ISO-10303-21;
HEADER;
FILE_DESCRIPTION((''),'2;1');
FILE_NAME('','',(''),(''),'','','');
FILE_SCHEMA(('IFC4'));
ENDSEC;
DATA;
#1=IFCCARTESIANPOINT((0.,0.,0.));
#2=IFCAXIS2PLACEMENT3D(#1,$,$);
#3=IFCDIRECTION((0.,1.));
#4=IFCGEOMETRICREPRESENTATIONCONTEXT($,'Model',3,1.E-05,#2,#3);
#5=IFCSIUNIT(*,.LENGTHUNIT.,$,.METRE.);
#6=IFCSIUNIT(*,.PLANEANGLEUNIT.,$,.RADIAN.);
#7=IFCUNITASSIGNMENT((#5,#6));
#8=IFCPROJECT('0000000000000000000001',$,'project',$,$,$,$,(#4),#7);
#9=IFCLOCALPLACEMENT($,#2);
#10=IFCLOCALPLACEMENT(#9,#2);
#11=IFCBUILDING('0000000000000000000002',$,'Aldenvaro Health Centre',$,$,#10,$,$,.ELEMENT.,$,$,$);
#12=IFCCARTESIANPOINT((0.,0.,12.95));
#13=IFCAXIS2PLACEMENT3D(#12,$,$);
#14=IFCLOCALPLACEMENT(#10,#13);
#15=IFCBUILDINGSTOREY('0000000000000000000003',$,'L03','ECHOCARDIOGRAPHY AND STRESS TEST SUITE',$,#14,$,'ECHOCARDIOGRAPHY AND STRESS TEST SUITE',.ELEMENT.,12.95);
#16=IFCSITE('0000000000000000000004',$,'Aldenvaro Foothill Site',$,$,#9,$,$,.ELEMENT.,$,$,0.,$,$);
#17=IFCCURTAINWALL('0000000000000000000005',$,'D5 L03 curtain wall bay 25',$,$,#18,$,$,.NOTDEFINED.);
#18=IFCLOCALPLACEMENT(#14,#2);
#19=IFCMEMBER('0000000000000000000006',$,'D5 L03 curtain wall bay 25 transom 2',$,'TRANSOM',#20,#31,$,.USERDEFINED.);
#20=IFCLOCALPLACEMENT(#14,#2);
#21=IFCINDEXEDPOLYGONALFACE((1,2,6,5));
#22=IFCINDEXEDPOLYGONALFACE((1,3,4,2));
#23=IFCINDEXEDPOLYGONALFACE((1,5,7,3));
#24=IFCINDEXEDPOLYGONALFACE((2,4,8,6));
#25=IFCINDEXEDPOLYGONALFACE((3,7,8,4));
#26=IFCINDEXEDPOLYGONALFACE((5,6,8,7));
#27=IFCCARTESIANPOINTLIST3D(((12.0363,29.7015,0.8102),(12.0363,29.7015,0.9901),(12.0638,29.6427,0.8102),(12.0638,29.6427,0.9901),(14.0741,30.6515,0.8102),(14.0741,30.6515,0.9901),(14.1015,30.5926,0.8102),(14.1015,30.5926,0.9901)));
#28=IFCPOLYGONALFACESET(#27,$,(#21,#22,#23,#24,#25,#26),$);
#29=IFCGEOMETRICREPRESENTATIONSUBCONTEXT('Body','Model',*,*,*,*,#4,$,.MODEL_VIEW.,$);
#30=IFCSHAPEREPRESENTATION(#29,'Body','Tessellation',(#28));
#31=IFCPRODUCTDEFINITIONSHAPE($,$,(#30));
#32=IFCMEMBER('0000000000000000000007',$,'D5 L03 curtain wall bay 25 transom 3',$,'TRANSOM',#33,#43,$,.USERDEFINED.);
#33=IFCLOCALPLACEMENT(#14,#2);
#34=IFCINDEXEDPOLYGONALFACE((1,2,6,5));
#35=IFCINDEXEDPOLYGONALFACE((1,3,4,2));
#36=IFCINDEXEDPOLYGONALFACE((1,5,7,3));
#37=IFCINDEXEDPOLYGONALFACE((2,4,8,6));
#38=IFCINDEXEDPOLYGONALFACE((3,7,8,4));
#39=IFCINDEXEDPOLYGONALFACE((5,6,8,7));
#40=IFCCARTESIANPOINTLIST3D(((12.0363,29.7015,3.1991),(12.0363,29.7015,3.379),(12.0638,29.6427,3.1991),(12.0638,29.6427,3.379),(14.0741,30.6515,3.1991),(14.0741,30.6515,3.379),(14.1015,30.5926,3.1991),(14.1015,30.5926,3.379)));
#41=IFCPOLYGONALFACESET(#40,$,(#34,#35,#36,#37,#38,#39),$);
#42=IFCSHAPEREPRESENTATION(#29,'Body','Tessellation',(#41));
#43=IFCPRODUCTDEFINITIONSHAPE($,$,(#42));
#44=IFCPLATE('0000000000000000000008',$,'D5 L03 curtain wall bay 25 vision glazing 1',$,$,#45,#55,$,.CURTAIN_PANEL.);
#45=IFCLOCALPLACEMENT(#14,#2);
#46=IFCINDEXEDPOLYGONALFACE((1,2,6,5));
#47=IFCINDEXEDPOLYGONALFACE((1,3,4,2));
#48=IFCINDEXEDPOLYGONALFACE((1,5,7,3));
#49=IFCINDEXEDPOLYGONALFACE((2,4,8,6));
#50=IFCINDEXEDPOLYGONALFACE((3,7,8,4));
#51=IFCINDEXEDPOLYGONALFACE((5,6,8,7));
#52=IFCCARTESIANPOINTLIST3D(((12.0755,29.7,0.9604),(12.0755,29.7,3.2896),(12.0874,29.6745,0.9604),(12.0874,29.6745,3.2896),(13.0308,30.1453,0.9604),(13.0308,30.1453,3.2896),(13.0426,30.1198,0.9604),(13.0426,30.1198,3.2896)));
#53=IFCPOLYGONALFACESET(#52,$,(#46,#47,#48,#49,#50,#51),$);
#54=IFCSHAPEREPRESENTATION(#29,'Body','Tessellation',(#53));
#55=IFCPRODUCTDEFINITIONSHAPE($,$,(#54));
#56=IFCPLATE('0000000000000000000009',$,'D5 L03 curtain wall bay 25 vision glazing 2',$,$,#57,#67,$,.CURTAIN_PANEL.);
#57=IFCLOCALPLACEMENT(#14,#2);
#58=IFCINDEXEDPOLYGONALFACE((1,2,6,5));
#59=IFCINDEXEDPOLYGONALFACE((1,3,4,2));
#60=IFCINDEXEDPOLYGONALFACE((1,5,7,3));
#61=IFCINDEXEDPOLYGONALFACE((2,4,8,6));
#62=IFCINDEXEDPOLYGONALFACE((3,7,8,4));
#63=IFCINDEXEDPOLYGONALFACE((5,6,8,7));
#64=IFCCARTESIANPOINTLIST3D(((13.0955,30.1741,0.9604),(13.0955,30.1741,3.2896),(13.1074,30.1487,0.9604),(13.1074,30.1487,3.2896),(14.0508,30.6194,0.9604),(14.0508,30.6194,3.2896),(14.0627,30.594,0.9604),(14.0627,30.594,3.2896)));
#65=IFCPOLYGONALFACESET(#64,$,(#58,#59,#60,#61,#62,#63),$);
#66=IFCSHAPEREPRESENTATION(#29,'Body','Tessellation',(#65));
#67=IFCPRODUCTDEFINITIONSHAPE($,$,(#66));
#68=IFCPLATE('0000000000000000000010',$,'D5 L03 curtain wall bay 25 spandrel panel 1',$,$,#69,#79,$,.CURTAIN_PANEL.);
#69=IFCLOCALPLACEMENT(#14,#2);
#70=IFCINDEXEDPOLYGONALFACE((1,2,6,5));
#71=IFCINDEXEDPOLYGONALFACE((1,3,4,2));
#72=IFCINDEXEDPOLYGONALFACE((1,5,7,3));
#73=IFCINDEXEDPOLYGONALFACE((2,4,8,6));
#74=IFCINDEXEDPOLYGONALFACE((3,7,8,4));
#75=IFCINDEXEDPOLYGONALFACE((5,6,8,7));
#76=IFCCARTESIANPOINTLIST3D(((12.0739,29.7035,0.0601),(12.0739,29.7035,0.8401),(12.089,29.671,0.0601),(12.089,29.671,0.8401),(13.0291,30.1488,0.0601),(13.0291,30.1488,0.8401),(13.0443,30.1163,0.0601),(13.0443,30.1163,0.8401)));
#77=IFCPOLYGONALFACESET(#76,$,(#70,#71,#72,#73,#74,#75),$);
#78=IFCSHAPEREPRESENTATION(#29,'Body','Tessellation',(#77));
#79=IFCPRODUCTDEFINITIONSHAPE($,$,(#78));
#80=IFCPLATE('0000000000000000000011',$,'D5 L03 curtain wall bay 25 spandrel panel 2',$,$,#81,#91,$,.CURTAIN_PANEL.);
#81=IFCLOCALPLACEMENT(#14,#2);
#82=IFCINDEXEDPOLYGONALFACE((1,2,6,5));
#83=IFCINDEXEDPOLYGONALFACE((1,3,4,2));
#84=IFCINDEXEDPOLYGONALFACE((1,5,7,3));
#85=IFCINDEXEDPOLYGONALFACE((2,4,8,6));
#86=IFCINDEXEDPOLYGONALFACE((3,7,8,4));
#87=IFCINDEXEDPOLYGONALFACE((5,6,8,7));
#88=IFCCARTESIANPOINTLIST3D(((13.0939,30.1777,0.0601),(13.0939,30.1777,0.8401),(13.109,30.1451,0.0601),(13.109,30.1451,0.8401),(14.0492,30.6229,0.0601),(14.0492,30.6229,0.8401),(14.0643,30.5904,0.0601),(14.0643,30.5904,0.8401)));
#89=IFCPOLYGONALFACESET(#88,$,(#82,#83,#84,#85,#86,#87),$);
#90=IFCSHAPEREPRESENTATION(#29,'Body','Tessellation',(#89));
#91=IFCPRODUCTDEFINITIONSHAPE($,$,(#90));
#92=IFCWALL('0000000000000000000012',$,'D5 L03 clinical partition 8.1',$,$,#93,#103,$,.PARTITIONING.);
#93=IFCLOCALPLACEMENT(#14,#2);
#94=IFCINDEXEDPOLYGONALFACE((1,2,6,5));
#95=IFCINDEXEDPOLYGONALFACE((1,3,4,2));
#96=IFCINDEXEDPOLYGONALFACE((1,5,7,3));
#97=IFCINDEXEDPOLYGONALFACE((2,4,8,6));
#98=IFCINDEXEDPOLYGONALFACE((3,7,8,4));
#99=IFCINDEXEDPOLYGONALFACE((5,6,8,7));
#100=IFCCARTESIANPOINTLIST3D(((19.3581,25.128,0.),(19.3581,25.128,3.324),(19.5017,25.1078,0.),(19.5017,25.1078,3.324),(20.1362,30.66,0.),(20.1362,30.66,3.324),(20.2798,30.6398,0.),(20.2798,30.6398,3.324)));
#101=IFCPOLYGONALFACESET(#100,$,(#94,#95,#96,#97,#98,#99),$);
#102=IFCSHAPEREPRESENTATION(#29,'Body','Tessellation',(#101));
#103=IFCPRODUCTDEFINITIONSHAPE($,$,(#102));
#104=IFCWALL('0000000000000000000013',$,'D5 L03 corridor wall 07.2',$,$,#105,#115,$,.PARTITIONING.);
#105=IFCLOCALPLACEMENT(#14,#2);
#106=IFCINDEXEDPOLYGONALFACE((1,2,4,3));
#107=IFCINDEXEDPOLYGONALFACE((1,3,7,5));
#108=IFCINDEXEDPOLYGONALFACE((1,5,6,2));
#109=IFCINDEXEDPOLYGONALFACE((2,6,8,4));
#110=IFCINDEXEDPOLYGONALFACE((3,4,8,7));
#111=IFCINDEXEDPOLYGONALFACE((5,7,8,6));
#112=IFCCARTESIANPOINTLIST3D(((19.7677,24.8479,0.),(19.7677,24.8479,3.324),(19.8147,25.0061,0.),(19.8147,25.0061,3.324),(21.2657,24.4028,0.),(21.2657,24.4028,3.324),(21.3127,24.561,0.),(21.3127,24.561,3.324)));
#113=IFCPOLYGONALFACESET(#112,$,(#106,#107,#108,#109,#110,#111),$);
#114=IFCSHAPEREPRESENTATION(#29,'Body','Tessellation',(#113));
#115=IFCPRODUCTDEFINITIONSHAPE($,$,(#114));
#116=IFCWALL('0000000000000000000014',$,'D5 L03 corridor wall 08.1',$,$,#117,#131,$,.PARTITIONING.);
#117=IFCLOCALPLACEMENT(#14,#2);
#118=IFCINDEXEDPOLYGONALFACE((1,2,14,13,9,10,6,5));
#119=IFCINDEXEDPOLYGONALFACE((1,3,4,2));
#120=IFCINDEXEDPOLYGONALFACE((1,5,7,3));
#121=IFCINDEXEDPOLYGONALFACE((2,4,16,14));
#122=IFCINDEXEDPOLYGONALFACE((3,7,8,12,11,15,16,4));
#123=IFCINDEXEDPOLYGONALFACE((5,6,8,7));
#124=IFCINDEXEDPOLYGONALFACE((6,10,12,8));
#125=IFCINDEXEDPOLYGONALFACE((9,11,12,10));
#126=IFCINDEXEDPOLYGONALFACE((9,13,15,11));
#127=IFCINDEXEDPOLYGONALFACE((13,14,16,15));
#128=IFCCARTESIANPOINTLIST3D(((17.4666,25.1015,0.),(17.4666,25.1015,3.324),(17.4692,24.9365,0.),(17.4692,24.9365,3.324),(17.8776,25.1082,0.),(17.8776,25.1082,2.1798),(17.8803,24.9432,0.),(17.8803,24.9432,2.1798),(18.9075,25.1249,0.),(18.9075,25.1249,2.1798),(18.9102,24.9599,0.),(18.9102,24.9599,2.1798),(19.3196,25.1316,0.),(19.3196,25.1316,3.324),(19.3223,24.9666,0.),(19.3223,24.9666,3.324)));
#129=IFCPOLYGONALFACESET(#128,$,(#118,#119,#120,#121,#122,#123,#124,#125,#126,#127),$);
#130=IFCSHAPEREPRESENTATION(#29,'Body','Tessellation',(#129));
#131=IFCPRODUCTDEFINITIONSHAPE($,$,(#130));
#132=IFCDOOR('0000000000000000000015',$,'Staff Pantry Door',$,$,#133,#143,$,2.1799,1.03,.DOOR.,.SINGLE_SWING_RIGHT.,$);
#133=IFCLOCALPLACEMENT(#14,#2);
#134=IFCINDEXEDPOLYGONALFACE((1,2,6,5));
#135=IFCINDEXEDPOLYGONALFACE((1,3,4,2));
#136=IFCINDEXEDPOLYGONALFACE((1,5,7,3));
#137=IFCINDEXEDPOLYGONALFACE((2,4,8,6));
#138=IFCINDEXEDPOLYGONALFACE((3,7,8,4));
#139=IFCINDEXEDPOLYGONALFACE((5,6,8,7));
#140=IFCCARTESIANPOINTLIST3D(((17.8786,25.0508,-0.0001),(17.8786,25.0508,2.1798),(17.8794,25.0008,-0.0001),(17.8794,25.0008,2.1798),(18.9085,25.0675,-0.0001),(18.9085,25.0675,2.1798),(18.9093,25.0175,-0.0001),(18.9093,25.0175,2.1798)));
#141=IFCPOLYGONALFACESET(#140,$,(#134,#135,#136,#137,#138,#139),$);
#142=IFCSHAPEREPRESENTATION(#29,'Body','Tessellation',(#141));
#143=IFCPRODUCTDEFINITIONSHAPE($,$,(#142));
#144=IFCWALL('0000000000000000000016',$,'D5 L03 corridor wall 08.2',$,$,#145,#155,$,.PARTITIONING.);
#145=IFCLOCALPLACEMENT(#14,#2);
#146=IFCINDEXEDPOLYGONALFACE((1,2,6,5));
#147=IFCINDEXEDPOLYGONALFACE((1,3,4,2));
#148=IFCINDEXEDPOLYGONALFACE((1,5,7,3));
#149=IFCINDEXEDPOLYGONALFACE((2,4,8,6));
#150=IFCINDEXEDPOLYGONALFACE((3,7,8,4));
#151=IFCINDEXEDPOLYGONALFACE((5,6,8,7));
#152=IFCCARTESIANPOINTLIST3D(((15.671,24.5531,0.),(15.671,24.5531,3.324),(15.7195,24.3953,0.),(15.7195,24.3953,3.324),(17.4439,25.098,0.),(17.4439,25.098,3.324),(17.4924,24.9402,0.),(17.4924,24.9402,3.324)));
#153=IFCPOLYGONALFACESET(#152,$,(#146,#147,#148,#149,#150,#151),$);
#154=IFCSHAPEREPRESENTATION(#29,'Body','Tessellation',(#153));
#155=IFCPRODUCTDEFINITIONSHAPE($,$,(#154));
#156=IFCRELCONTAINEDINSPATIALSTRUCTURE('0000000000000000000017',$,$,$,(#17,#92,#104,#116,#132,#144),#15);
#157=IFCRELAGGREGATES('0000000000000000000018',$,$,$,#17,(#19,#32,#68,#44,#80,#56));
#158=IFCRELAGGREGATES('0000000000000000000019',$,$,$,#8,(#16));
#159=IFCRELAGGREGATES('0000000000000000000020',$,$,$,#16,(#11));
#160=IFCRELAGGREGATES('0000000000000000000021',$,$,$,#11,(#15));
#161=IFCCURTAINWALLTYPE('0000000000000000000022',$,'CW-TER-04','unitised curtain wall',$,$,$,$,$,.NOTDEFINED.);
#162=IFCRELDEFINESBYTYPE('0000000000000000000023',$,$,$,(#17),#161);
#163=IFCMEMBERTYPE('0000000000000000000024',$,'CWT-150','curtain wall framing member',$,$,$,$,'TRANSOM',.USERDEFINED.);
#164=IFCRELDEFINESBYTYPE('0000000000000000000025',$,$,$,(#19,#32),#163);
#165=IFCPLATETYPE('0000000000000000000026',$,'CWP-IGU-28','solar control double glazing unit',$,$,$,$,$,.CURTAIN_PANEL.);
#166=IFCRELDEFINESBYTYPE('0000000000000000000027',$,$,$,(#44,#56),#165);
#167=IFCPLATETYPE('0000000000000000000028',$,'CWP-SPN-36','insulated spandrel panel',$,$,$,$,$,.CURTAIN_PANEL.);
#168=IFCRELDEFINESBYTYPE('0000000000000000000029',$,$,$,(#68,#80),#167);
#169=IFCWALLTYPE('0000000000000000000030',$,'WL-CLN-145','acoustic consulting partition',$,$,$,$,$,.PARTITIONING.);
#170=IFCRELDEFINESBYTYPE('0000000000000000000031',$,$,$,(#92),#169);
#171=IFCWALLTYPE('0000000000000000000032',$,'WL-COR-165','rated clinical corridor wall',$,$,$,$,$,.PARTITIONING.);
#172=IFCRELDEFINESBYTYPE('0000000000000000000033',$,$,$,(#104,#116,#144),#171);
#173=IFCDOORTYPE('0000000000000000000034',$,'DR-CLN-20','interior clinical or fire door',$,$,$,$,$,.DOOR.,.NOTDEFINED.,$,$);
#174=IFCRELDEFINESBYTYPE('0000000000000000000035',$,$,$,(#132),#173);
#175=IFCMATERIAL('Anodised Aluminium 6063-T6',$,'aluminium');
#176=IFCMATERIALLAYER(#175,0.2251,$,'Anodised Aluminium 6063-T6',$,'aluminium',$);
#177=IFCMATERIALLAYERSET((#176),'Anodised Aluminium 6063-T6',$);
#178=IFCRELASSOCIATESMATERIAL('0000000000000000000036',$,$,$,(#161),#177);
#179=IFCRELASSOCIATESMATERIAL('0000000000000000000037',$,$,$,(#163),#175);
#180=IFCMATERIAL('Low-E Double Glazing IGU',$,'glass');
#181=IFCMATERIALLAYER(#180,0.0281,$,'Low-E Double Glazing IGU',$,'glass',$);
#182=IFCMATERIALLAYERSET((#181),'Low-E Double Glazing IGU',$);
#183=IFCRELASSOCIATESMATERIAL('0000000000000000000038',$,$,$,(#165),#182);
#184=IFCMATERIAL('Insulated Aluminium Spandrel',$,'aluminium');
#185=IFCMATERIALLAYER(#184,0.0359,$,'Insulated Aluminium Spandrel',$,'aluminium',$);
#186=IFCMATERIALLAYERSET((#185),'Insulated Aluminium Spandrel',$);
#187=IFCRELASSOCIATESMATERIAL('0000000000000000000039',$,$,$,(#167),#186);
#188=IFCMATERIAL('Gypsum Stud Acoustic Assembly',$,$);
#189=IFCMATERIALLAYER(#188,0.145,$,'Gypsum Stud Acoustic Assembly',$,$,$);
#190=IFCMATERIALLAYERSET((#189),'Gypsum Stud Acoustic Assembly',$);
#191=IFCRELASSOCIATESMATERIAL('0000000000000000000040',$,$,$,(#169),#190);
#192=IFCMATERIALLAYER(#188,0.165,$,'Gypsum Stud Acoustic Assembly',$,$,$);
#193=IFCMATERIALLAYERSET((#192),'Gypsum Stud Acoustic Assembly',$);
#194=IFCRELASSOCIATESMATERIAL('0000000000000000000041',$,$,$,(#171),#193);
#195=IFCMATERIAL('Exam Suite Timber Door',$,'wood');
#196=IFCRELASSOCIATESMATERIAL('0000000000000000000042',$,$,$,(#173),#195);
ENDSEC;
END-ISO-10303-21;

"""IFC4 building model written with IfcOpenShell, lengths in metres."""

from ifc_helpers import new_model, si_unit, direction, frame, frame_2d, origin, origin_2d, place, context, subcontext, project, spatial, rectangle, extrude, material, layer, layer_set, material_profile, profile_set, type_object, element, fill, aggregate, save


model = new_model("IFC4")

# Units and contexts
model_context = context("Model", 3, precision=1e-05, world=origin(), true_north=direction((0.0, 1.0)))
body_context = subcontext(model_context, "Body", "Model", "MODEL_VIEW")
ifc_project = project(units=[si_unit("LENGTHUNIT", "METRE"), si_unit("PLANEANGLEUNIT", "RADIAN")], contexts=[model_context])

# Site, building, storey
site_placement = place(None, origin())
site = spatial("IfcSite", under=ifc_project, at=site_placement, Name="Aldenvaro Foothill Site", CompositionType="ELEMENT", RefElevation=0.0)
building_placement = place(site_placement, origin())
building = spatial("IfcBuilding", under=site, at=building_placement, Name="Aldenvaro Health Centre", CompositionType="ELEMENT")
storey_placement = place(building_placement, frame((0.0, 0.0, 12.95)))
storey = spatial("IfcBuildingStorey", under=building, at=storey_placement, Name="L03", Description="ECHOCARDIOGRAPHY AND STRESS TEST SUITE", LongName="ECHOCARDIOGRAPHY AND STRESS TEST SUITE", CompositionType="ELEMENT", Elevation=12.95)

# Curtain wall
ifc_material_1 = material(Name="Anodised Aluminium 6063-T6", Category="aluminium")
ifc_layer_1 = layer(ifc_material_1, 0.2251, Name="Anodised Aluminium 6063-T6", Category="aluminium")
ifc_layer_set_1 = layer_set([ifc_layer_1], Name="Anodised Aluminium 6063-T6")
curtain_wall_type = type_object("IfcCurtainWallType", Name="CW-TER-04", Description="unitised curtain wall", PredefinedType="NOTDEFINED", material=ifc_layer_set_1)
curtain_wall_1_placement = place(storey_placement, origin())
curtain_wall_1 = element("IfcCurtainWall", 1, at=curtain_wall_1_placement, inside=storey, type_object=curtain_wall_type, Name="D5 L03 curtain wall bay 25", PredefinedType="NOTDEFINED")

# Members
ifc_material_profile_1 = material_profile(ifc_material_1, rectangle(XDim=0.0649, YDim=0.1799, at=origin_2d()), Name="ALU 65x180", Category="aluminium")
ifc_profile_set_1 = profile_set([ifc_material_profile_1], Name="Anodised Aluminium 6063-T6")
member_type_1 = type_object("IfcMemberType", Name="CWT-150", Description="curtain wall framing member", ElementType="TRANSOM", PredefinedType="USERDEFINED", material=ifc_profile_set_1)
member_1_placement = place(storey_placement, frame((12.05, 29.6721, 0.9001), z_axis=(0.906361, 0.422505, 0.0), x_axis=(-0.422505, 0.906361, 0.0)))
member_1 = element("IfcMember", 2, at=member_1_placement, type_object=member_type_1, Name="D5 L03 curtain wall bay 25 transom 2", ObjectType="TRANSOM", PredefinedType="USERDEFINED", context=body_context, shape_type="SweptSolid", body=[
    extrude(rectangle(XDim=0.0649, YDim=0.1799, at=origin_2d()), origin(), (0.0, 0.0, 1.0), 2.2483),
])
member_2_placement = place(storey_placement, frame((12.05, 29.6721, 3.2891), z_axis=(0.906361, 0.422505, 0.0), x_axis=(-0.422505, 0.906361, 0.0)))
member_2 = element("IfcMember", 3, at=member_2_placement, type_object=member_type_1, Name="D5 L03 curtain wall bay 25 transom 3", ObjectType="TRANSOM", PredefinedType="USERDEFINED", context=body_context, shape_type="SweptSolid", body=[
    extrude(rectangle(XDim=0.0649, YDim=0.1799, at=origin_2d()), origin(), (0.0, 0.0, 1.0), 2.2483),
])

# Plates
ifc_material_2 = material(Name="Low-E Double Glazing IGU", Category="glass")
ifc_layer_2 = layer(ifc_material_2, 0.0281, Name="Low-E Double Glazing IGU", Category="glass")
ifc_layer_set_2 = layer_set([ifc_layer_2], Name="Low-E Double Glazing IGU")
plate_type_1 = type_object("IfcPlateType", Name="CWP-IGU-28", Description="solar control double glazing unit", PredefinedType="CURTAIN_PANEL", material=ifc_layer_set_2)
plate_1_placement = place(storey_placement, frame((12.5591, 29.9099, 0.9604), z_axis=(0.0, 0.0, 1.0), x_axis=(0.906365, 0.422496, 0.0)))
plate_1 = element("IfcPlate", 4, at=plate_1_placement, type_object=plate_type_1, Name="D5 L03 curtain wall bay 25 vision glazing 1", PredefinedType="CURTAIN_PANEL", context=body_context, shape_type="SweptSolid", body=[
    extrude(rectangle(XDim=1.054, YDim=0.0281, at=origin_2d()), origin(), (0.0, 0.0, 1.0), 2.3291),
])
plate_2_placement = place(storey_placement, frame((13.5791, 30.384, 0.9604), z_axis=(0.0, 0.0, 1.0), x_axis=(0.906365, 0.422496, 0.0)))
plate_2 = element("IfcPlate", 5, at=plate_2_placement, type_object=plate_type_1, Name="D5 L03 curtain wall bay 25 vision glazing 2", PredefinedType="CURTAIN_PANEL", context=body_context, shape_type="SweptSolid", body=[
    extrude(rectangle(XDim=1.054, YDim=0.0281, at=origin_2d()), origin(), (0.0, 0.0, 1.0), 2.3291),
])
ifc_material_3 = material(Name="Insulated Aluminium Spandrel", Category="aluminium")
ifc_layer_3 = layer(ifc_material_3, 0.0359, Name="Insulated Aluminium Spandrel", Category="aluminium")
ifc_layer_set_3 = layer_set([ifc_layer_3], Name="Insulated Aluminium Spandrel")
plate_type_2 = type_object("IfcPlateType", Name="CWP-SPN-36", Description="insulated spandrel panel", PredefinedType="CURTAIN_PANEL", material=ifc_layer_set_3)
plate_3_placement = place(storey_placement, frame((12.5591, 29.9099, 0.0601), z_axis=(0.0, 0.0, 1.0), x_axis=(0.906365, 0.422496, 0.0)))
plate_3 = element("IfcPlate", 6, at=plate_3_placement, type_object=plate_type_2, Name="D5 L03 curtain wall bay 25 spandrel panel 1", PredefinedType="CURTAIN_PANEL", context=body_context, shape_type="SweptSolid", body=[
    extrude(rectangle(XDim=1.054, YDim=0.0359, at=origin_2d()), origin(), (0.0, 0.0, 1.0), 0.78),
])
plate_4_placement = place(storey_placement, frame((13.5791, 30.384, 0.0601), z_axis=(0.0, 0.0, 1.0), x_axis=(0.906365, 0.422496, 0.0)))
plate_4 = element("IfcPlate", 7, at=plate_4_placement, type_object=plate_type_2, Name="D5 L03 curtain wall bay 25 spandrel panel 2", PredefinedType="CURTAIN_PANEL", context=body_context, shape_type="SweptSolid", body=[
    extrude(rectangle(XDim=1.054, YDim=0.0359, at=origin_2d()), origin(), (0.0, 0.0, 1.0), 0.78),
])
aggregate(curtain_wall_1, [member_1, member_2, plate_3, plate_1, plate_4, plate_2])

# Walls
ifc_material_4 = material(Name="Gypsum Stud Acoustic Assembly")
ifc_layer_4 = layer(ifc_material_4, 0.145, Name="Gypsum Stud Acoustic Assembly")
ifc_layer_set_4 = layer_set([ifc_layer_4], Name="Gypsum Stud Acoustic Assembly")
wall_type_1 = type_object("IfcWallType", Name="WL-CLN-145", Description="acoustic consulting partition", PredefinedType="PARTITIONING", material=ifc_layer_set_4)
wall_1_placement = place(storey_placement, frame((19.4299, 25.1179, 0.0), z_axis=(0.0, 0.0, 1.0), x_axis=(0.13928, 0.990253, 0.0)))
element("IfcWall", 8, at=wall_1_placement, inside=storey, type_object=wall_type_1, Name="D5 L03 clinical partition 8.1", PredefinedType="PARTITIONING", context=body_context, shape_type="SweptSolid", body=[
    extrude(rectangle(XDim=5.5864, YDim=0.145, at=frame_2d((2.7932, 0.0))), origin(), (0.0, 0.0, 1.0), 3.324),
])
ifc_layer_5 = layer(ifc_material_4, 0.165, Name="Gypsum Stud Acoustic Assembly")
ifc_layer_set_5 = layer_set([ifc_layer_5], Name="Gypsum Stud Acoustic Assembly")
wall_type_2 = type_object("IfcWallType", Name="WL-COR-165", Description="rated clinical corridor wall", PredefinedType="PARTITIONING", material=ifc_layer_set_5)
wall_2_placement = place(storey_placement, frame((21.2891, 24.4819, 0.0), z_axis=(0.0, 0.0, 1.0), x_axis=(-0.958588, 0.284796, 0.0)))
element("IfcWall", 9, at=wall_2_placement, inside=storey, type_object=wall_type_2, Name="D5 L03 corridor wall 07.2", PredefinedType="PARTITIONING", context=body_context, shape_type="SweptSolid", body=[
    extrude(rectangle(XDim=1.5627, YDim=0.165, at=frame_2d((0.7812, 0.0))), origin(), (0.0, 0.0, 1.0), 3.324),
])

# Wall, opening, door
wall_3_placement = place(storey_placement, frame((19.321, 25.0491, 0.0), z_axis=(0.0, 0.0, 1.0), x_axis=(-0.999869, -0.016203, 0.0)))
wall_3 = element("IfcWall", 10, at=wall_3_placement, inside=storey, type_object=wall_type_2, Name="D5 L03 corridor wall 08.1", PredefinedType="PARTITIONING", context=body_context, shape_type="SweptSolid", body=[
    extrude(rectangle(XDim=1.8533, YDim=0.165, at=frame_2d((0.9268, 0.0))), origin(), (0.0, 0.0, 1.0), 3.324),
])
opening_1_placement = place(wall_3_placement, frame((0.4121, 0.0, 0.0)))
opening_1 = element("IfcOpeningElement", 11, at=opening_1_placement, cuts=wall_3, PredefinedType="OPENING", context=body_context, shape_type="SweptSolid", body=[
    extrude(rectangle(XDim=1.03, YDim=2.1799, at=frame_2d((0.5151, 1.0898))), frame((0.0, 0.0925, 0.0), z_axis=(0.0, -1.0, 0.0), x_axis=(1.0, 0.0, 0.0)), (0.0, 0.0, 1.0), 0.1851),
])
ifc_material_5 = material(Name="Exam Suite Timber Door", Category="wood")
door_type = type_object("IfcDoorType", Name="DR-CLN-20", Description="interior clinical or fire door", OperationType="NOTDEFINED", PredefinedType="DOOR", material=ifc_material_5)
door_placement = place(opening_1_placement, origin())
door = element("IfcDoor", 12, at=door_placement, inside=storey, type_object=door_type, Name="Staff Pantry Door", OperationType="SINGLE_SWING_RIGHT", OverallHeight=2.1799, OverallWidth=1.03, PredefinedType="DOOR", context=body_context, shape_type="SweptSolid", body=[
    extrude(rectangle(XDim=1.03, YDim=2.1799, at=frame_2d((0.5151, 1.0898))), frame((0.0, 0.0249, 0.0), z_axis=(0.0, -1.0, 0.0), x_axis=(1.0, 0.0, 0.0)), (0.0, 0.0, 1.0), 0.05),
])
fill(opening_1, door)

# Wall
wall_4_placement = place(storey_placement, frame((17.468, 25.019, 0.0), z_axis=(0.0, 0.0, 1.0), x_axis=(-0.95587, -0.29379, 0.0)))
element("IfcWall", 13, at=wall_4_placement, inside=storey, type_object=wall_type_2, Name="D5 L03 corridor wall 08.2", PredefinedType="PARTITIONING", context=body_context, shape_type="SweptSolid", body=[
    extrude(rectangle(XDim=1.8547, YDim=0.165, at=frame_2d((0.9272, 0.0))), origin(), (0.0, 0.0, 1.0), 3.324),
])

save(model, "model.ifc")
